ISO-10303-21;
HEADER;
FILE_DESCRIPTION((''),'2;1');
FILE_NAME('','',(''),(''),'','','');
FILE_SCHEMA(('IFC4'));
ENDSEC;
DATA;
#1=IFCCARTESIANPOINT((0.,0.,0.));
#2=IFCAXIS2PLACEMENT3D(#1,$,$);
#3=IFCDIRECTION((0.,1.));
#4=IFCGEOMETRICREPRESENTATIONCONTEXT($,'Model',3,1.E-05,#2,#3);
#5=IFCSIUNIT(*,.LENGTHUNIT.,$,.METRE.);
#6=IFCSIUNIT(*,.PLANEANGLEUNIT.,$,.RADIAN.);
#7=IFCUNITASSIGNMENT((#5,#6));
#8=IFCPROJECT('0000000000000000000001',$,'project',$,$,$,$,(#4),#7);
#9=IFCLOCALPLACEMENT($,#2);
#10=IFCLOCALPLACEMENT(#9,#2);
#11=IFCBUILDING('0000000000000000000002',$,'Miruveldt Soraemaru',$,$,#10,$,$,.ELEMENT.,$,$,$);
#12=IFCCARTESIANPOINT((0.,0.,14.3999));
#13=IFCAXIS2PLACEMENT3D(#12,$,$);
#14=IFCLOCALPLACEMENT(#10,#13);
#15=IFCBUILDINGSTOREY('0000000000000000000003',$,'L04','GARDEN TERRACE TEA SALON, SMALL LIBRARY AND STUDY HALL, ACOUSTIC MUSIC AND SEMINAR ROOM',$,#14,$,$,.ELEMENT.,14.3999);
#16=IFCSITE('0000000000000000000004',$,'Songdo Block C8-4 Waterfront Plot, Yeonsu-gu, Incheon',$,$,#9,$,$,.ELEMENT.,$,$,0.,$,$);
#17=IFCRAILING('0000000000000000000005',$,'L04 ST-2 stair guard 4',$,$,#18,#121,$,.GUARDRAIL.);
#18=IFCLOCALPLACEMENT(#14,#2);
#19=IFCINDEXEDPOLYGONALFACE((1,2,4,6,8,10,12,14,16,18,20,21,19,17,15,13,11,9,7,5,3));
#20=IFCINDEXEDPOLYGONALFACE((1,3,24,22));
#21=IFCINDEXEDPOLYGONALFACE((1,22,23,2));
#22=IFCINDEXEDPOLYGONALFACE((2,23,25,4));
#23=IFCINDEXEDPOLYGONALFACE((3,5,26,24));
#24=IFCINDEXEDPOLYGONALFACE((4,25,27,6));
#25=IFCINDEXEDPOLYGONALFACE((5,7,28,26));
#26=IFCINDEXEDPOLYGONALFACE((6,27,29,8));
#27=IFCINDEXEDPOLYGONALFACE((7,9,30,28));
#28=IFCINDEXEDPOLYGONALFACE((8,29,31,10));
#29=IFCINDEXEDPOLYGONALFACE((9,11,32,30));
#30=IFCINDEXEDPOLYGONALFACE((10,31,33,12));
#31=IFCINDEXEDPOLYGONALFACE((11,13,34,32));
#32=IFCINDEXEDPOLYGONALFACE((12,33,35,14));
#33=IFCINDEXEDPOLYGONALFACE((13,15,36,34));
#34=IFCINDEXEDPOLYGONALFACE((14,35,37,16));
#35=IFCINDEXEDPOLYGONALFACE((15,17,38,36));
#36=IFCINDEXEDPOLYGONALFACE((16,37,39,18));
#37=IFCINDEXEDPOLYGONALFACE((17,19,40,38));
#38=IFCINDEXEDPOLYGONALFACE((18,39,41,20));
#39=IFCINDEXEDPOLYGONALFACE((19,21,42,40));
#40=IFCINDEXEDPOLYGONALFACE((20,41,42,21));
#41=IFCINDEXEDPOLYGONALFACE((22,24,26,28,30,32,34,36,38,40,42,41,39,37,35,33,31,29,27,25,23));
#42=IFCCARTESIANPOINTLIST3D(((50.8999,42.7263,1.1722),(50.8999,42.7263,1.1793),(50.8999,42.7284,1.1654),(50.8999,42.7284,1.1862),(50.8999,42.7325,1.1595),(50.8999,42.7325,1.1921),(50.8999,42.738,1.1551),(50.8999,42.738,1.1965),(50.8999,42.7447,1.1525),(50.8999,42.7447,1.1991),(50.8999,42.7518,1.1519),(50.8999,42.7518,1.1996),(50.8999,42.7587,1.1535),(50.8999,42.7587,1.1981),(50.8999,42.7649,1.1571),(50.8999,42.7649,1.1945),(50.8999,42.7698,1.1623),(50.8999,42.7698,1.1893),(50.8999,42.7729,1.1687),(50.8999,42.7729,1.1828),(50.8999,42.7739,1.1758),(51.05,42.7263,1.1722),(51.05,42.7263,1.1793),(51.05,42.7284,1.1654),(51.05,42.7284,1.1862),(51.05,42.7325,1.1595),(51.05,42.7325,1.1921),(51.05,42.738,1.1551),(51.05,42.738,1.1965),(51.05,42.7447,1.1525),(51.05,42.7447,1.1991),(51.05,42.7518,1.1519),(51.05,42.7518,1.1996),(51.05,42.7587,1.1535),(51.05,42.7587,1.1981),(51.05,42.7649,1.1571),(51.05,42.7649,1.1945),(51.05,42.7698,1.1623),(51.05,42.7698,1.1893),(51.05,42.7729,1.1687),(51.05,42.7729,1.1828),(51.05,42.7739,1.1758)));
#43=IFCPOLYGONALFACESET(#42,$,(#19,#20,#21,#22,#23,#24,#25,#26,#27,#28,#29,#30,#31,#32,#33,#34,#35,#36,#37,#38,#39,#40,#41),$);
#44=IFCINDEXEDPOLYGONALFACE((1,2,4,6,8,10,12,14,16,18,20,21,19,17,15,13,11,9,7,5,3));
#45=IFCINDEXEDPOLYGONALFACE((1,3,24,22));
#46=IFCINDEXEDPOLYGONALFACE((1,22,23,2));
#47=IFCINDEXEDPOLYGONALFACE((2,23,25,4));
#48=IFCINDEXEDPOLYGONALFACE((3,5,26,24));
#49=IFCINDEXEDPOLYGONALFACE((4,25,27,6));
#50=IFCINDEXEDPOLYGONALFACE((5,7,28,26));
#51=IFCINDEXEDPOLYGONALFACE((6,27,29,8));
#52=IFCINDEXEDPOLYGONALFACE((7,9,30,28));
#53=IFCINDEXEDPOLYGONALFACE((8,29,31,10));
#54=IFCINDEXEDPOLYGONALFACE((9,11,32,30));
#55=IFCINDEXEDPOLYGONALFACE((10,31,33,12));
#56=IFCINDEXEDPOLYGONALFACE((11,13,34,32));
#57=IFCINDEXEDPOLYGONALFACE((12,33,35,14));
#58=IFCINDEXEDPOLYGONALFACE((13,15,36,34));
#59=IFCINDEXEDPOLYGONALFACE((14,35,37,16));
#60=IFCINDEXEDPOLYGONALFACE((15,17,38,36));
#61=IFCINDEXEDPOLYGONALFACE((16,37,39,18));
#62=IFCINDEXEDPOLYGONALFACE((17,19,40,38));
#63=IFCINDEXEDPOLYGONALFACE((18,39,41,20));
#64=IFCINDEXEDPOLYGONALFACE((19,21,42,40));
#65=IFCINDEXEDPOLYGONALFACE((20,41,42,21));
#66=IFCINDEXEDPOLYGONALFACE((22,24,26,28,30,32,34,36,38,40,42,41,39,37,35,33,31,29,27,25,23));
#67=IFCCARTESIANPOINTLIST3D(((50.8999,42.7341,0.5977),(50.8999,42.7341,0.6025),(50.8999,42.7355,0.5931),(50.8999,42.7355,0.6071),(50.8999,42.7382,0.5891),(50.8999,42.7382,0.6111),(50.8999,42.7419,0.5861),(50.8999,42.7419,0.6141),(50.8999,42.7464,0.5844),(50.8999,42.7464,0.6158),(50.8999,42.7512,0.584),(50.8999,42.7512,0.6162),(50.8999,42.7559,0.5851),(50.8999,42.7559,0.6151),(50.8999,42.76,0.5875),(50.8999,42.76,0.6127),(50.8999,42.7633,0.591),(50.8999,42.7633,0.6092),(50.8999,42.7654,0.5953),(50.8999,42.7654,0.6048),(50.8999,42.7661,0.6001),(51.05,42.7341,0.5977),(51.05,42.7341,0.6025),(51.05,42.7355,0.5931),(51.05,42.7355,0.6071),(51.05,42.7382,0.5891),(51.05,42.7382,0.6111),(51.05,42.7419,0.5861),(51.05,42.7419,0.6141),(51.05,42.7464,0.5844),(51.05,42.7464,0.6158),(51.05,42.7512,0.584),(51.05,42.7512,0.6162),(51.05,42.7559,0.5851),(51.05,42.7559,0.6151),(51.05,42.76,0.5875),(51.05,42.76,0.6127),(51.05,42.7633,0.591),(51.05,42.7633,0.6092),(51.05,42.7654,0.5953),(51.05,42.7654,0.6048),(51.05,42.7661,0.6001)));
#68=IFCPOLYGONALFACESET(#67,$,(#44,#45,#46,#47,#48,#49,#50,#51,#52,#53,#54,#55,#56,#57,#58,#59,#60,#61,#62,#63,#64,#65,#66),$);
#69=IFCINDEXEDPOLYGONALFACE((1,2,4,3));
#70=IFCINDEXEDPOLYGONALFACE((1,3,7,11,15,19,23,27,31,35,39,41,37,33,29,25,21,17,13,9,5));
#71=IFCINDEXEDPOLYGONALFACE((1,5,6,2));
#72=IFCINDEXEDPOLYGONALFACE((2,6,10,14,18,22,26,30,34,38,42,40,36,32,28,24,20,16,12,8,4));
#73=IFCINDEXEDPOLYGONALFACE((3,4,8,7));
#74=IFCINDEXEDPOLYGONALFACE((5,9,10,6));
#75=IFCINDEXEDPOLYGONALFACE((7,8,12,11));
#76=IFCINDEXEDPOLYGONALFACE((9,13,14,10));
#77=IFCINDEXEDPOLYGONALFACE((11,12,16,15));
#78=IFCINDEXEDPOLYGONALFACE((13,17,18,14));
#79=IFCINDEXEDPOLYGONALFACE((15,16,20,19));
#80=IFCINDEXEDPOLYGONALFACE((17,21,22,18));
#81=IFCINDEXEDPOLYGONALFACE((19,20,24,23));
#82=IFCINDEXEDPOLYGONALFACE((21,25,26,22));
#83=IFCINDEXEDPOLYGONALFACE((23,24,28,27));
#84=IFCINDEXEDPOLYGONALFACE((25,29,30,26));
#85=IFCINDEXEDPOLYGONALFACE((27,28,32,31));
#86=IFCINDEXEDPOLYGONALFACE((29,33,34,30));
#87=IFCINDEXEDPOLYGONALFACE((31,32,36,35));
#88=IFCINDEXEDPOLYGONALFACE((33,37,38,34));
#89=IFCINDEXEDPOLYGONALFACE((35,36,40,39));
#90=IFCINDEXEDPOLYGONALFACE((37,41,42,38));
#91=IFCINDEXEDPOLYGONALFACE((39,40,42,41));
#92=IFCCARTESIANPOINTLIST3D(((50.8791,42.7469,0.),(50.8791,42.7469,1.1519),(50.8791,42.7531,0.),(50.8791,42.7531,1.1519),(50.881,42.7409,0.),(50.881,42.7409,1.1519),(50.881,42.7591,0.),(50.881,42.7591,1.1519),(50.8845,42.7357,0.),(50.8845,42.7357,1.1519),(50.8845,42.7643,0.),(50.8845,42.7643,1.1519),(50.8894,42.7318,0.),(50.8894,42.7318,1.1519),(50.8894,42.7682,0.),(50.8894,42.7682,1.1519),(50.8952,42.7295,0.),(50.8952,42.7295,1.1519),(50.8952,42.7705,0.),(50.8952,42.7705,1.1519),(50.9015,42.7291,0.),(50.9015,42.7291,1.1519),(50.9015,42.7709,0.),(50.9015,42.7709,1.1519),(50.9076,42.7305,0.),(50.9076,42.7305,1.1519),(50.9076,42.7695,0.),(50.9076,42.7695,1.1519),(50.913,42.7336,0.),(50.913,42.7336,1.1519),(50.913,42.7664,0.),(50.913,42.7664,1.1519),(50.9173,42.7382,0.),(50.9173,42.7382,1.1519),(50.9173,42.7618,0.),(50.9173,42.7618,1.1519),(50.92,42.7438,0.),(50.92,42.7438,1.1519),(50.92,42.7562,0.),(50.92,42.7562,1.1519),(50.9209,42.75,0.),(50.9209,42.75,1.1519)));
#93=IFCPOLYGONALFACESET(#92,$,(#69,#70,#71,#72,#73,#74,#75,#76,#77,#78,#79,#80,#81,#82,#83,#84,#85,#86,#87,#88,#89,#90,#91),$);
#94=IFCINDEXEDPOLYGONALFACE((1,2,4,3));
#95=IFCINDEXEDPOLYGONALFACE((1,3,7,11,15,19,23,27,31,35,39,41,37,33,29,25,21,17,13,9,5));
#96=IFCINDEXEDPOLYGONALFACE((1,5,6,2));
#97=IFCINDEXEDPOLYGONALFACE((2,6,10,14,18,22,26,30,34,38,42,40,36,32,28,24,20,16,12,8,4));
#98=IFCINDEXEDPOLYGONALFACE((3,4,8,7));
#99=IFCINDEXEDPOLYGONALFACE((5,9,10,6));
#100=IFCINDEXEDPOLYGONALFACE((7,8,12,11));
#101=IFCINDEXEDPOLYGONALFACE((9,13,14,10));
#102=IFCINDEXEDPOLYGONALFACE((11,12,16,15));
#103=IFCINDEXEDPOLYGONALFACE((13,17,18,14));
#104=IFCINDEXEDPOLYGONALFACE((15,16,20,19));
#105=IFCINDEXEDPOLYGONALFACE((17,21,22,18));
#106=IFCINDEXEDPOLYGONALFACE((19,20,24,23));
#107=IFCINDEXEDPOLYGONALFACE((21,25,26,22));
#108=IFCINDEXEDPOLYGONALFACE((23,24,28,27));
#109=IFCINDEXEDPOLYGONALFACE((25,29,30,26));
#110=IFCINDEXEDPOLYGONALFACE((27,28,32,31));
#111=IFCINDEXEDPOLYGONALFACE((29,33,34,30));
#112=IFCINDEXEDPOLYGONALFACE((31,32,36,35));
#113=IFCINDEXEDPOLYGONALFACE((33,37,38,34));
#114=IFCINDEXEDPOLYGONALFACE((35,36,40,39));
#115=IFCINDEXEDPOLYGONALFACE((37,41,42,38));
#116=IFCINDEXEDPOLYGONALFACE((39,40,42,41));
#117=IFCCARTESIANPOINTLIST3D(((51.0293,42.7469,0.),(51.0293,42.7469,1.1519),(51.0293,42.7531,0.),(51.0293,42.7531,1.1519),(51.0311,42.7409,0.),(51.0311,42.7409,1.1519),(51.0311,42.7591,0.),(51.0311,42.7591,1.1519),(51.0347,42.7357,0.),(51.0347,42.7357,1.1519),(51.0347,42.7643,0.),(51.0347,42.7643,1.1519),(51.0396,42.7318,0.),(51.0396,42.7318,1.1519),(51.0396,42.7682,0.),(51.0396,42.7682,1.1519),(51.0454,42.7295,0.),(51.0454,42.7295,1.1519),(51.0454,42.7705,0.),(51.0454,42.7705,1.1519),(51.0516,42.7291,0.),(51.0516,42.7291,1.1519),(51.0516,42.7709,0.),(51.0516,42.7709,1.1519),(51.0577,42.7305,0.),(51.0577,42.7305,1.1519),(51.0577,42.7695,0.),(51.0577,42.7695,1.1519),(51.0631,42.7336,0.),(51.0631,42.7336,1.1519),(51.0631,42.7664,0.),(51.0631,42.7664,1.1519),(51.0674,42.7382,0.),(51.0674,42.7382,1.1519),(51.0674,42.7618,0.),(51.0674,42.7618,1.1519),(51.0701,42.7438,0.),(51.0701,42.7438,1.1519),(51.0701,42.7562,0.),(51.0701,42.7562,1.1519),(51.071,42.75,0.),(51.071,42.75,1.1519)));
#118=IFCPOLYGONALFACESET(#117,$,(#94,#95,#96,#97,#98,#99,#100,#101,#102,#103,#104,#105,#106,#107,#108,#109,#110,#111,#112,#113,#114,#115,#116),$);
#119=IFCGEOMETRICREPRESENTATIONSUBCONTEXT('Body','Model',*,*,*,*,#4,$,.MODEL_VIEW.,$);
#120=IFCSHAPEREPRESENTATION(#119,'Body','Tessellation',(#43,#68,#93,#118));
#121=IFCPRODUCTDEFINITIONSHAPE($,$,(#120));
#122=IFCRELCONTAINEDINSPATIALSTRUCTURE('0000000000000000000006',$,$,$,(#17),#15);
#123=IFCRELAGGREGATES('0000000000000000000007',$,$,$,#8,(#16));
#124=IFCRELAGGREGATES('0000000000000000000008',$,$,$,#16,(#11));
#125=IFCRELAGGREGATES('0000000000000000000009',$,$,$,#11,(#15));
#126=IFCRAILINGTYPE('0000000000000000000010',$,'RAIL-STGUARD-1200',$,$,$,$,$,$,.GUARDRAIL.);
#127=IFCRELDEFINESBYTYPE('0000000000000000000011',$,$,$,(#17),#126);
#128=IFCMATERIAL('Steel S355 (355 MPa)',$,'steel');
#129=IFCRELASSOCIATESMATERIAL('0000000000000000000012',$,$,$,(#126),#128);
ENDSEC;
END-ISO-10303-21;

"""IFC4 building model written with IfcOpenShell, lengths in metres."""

from ifc_helpers import new_model, si_unit, direction, frame, origin, origin_2d, place, context, subcontext, project, spatial, circle, extrude, material, type_object, element, save


model = new_model("IFC4")

# Units and contexts
model_context = context("Model", 3, precision=1e-05, world=origin(), true_north=direction((0.0, 1.0)))
body_context = subcontext(model_context, "Body", "Model", "MODEL_VIEW")
ifc_project = project(units=[si_unit("LENGTHUNIT", "METRE"), si_unit("PLANEANGLEUNIT", "RADIAN")], contexts=[model_context])

# Site, building, storey
site_placement = place(None, origin())
site = spatial("IfcSite", under=ifc_project, at=site_placement, Name="Songdo Block C8-4 Waterfront Plot, Yeonsu-gu, Incheon", CompositionType="ELEMENT", RefElevation=0.0)
building_placement = place(site_placement, origin())
building = spatial("IfcBuilding", under=site, at=building_placement, Name="Miruveldt Soraemaru", CompositionType="ELEMENT")
storey_placement = place(building_placement, frame((0.0, 0.0, 14.3999)))
storey = spatial("IfcBuildingStorey", under=building, at=storey_placement, Name="L04", Description="GARDEN TERRACE TEA SALON, SMALL LIBRARY AND STUDY HALL, ACOUSTIC MUSIC AND SEMINAR ROOM", CompositionType="ELEMENT", Elevation=14.3999)

# Shared definitions
ifc_material_1 = material(Name="Steel S355 (355 MPa)", Category="steel")

# Railing
railing_type_1 = type_object("IfcRailingType", Name="RAIL-STGUARD-1200", PredefinedType="GUARDRAIL", material=ifc_material_1)
railing_1_placement = place(storey_placement, frame((50.8999, 42.75, 0.0)))
element("IfcRailing", 1, at=railing_1_placement, inside=storey, type_object=railing_type_1, Name="L04 ST-2 stair guard 4", PredefinedType="GUARDRAIL", context=body_context, shape_type="SweptSolid", body=[
    extrude(circle(Radius=0.0239, at=origin_2d()), frame((0.0, 0.0, 1.1758), z_axis=(1.0, 0.0, 0.0), x_axis=(0.0, 1.0, 0.0)), (0.0, 0.0, 1.0), 0.1501),
    extrude(circle(Radius=0.0161, at=origin_2d()), frame((0.0, 0.0, 0.6001), z_axis=(1.0, 0.0, 0.0), x_axis=(0.0, 1.0, 0.0)), (0.0, 0.0, 1.0), 0.1501),
    extrude(circle(Radius=0.021, at=origin_2d()), origin(), (0.0, 0.0, 1.0), 1.1519),
    extrude(circle(Radius=0.021, at=origin_2d()), frame((0.1501, 0.0, 0.0)), (0.0, 0.0, 1.0), 1.1519),
])

save(model, "model.ifc")
